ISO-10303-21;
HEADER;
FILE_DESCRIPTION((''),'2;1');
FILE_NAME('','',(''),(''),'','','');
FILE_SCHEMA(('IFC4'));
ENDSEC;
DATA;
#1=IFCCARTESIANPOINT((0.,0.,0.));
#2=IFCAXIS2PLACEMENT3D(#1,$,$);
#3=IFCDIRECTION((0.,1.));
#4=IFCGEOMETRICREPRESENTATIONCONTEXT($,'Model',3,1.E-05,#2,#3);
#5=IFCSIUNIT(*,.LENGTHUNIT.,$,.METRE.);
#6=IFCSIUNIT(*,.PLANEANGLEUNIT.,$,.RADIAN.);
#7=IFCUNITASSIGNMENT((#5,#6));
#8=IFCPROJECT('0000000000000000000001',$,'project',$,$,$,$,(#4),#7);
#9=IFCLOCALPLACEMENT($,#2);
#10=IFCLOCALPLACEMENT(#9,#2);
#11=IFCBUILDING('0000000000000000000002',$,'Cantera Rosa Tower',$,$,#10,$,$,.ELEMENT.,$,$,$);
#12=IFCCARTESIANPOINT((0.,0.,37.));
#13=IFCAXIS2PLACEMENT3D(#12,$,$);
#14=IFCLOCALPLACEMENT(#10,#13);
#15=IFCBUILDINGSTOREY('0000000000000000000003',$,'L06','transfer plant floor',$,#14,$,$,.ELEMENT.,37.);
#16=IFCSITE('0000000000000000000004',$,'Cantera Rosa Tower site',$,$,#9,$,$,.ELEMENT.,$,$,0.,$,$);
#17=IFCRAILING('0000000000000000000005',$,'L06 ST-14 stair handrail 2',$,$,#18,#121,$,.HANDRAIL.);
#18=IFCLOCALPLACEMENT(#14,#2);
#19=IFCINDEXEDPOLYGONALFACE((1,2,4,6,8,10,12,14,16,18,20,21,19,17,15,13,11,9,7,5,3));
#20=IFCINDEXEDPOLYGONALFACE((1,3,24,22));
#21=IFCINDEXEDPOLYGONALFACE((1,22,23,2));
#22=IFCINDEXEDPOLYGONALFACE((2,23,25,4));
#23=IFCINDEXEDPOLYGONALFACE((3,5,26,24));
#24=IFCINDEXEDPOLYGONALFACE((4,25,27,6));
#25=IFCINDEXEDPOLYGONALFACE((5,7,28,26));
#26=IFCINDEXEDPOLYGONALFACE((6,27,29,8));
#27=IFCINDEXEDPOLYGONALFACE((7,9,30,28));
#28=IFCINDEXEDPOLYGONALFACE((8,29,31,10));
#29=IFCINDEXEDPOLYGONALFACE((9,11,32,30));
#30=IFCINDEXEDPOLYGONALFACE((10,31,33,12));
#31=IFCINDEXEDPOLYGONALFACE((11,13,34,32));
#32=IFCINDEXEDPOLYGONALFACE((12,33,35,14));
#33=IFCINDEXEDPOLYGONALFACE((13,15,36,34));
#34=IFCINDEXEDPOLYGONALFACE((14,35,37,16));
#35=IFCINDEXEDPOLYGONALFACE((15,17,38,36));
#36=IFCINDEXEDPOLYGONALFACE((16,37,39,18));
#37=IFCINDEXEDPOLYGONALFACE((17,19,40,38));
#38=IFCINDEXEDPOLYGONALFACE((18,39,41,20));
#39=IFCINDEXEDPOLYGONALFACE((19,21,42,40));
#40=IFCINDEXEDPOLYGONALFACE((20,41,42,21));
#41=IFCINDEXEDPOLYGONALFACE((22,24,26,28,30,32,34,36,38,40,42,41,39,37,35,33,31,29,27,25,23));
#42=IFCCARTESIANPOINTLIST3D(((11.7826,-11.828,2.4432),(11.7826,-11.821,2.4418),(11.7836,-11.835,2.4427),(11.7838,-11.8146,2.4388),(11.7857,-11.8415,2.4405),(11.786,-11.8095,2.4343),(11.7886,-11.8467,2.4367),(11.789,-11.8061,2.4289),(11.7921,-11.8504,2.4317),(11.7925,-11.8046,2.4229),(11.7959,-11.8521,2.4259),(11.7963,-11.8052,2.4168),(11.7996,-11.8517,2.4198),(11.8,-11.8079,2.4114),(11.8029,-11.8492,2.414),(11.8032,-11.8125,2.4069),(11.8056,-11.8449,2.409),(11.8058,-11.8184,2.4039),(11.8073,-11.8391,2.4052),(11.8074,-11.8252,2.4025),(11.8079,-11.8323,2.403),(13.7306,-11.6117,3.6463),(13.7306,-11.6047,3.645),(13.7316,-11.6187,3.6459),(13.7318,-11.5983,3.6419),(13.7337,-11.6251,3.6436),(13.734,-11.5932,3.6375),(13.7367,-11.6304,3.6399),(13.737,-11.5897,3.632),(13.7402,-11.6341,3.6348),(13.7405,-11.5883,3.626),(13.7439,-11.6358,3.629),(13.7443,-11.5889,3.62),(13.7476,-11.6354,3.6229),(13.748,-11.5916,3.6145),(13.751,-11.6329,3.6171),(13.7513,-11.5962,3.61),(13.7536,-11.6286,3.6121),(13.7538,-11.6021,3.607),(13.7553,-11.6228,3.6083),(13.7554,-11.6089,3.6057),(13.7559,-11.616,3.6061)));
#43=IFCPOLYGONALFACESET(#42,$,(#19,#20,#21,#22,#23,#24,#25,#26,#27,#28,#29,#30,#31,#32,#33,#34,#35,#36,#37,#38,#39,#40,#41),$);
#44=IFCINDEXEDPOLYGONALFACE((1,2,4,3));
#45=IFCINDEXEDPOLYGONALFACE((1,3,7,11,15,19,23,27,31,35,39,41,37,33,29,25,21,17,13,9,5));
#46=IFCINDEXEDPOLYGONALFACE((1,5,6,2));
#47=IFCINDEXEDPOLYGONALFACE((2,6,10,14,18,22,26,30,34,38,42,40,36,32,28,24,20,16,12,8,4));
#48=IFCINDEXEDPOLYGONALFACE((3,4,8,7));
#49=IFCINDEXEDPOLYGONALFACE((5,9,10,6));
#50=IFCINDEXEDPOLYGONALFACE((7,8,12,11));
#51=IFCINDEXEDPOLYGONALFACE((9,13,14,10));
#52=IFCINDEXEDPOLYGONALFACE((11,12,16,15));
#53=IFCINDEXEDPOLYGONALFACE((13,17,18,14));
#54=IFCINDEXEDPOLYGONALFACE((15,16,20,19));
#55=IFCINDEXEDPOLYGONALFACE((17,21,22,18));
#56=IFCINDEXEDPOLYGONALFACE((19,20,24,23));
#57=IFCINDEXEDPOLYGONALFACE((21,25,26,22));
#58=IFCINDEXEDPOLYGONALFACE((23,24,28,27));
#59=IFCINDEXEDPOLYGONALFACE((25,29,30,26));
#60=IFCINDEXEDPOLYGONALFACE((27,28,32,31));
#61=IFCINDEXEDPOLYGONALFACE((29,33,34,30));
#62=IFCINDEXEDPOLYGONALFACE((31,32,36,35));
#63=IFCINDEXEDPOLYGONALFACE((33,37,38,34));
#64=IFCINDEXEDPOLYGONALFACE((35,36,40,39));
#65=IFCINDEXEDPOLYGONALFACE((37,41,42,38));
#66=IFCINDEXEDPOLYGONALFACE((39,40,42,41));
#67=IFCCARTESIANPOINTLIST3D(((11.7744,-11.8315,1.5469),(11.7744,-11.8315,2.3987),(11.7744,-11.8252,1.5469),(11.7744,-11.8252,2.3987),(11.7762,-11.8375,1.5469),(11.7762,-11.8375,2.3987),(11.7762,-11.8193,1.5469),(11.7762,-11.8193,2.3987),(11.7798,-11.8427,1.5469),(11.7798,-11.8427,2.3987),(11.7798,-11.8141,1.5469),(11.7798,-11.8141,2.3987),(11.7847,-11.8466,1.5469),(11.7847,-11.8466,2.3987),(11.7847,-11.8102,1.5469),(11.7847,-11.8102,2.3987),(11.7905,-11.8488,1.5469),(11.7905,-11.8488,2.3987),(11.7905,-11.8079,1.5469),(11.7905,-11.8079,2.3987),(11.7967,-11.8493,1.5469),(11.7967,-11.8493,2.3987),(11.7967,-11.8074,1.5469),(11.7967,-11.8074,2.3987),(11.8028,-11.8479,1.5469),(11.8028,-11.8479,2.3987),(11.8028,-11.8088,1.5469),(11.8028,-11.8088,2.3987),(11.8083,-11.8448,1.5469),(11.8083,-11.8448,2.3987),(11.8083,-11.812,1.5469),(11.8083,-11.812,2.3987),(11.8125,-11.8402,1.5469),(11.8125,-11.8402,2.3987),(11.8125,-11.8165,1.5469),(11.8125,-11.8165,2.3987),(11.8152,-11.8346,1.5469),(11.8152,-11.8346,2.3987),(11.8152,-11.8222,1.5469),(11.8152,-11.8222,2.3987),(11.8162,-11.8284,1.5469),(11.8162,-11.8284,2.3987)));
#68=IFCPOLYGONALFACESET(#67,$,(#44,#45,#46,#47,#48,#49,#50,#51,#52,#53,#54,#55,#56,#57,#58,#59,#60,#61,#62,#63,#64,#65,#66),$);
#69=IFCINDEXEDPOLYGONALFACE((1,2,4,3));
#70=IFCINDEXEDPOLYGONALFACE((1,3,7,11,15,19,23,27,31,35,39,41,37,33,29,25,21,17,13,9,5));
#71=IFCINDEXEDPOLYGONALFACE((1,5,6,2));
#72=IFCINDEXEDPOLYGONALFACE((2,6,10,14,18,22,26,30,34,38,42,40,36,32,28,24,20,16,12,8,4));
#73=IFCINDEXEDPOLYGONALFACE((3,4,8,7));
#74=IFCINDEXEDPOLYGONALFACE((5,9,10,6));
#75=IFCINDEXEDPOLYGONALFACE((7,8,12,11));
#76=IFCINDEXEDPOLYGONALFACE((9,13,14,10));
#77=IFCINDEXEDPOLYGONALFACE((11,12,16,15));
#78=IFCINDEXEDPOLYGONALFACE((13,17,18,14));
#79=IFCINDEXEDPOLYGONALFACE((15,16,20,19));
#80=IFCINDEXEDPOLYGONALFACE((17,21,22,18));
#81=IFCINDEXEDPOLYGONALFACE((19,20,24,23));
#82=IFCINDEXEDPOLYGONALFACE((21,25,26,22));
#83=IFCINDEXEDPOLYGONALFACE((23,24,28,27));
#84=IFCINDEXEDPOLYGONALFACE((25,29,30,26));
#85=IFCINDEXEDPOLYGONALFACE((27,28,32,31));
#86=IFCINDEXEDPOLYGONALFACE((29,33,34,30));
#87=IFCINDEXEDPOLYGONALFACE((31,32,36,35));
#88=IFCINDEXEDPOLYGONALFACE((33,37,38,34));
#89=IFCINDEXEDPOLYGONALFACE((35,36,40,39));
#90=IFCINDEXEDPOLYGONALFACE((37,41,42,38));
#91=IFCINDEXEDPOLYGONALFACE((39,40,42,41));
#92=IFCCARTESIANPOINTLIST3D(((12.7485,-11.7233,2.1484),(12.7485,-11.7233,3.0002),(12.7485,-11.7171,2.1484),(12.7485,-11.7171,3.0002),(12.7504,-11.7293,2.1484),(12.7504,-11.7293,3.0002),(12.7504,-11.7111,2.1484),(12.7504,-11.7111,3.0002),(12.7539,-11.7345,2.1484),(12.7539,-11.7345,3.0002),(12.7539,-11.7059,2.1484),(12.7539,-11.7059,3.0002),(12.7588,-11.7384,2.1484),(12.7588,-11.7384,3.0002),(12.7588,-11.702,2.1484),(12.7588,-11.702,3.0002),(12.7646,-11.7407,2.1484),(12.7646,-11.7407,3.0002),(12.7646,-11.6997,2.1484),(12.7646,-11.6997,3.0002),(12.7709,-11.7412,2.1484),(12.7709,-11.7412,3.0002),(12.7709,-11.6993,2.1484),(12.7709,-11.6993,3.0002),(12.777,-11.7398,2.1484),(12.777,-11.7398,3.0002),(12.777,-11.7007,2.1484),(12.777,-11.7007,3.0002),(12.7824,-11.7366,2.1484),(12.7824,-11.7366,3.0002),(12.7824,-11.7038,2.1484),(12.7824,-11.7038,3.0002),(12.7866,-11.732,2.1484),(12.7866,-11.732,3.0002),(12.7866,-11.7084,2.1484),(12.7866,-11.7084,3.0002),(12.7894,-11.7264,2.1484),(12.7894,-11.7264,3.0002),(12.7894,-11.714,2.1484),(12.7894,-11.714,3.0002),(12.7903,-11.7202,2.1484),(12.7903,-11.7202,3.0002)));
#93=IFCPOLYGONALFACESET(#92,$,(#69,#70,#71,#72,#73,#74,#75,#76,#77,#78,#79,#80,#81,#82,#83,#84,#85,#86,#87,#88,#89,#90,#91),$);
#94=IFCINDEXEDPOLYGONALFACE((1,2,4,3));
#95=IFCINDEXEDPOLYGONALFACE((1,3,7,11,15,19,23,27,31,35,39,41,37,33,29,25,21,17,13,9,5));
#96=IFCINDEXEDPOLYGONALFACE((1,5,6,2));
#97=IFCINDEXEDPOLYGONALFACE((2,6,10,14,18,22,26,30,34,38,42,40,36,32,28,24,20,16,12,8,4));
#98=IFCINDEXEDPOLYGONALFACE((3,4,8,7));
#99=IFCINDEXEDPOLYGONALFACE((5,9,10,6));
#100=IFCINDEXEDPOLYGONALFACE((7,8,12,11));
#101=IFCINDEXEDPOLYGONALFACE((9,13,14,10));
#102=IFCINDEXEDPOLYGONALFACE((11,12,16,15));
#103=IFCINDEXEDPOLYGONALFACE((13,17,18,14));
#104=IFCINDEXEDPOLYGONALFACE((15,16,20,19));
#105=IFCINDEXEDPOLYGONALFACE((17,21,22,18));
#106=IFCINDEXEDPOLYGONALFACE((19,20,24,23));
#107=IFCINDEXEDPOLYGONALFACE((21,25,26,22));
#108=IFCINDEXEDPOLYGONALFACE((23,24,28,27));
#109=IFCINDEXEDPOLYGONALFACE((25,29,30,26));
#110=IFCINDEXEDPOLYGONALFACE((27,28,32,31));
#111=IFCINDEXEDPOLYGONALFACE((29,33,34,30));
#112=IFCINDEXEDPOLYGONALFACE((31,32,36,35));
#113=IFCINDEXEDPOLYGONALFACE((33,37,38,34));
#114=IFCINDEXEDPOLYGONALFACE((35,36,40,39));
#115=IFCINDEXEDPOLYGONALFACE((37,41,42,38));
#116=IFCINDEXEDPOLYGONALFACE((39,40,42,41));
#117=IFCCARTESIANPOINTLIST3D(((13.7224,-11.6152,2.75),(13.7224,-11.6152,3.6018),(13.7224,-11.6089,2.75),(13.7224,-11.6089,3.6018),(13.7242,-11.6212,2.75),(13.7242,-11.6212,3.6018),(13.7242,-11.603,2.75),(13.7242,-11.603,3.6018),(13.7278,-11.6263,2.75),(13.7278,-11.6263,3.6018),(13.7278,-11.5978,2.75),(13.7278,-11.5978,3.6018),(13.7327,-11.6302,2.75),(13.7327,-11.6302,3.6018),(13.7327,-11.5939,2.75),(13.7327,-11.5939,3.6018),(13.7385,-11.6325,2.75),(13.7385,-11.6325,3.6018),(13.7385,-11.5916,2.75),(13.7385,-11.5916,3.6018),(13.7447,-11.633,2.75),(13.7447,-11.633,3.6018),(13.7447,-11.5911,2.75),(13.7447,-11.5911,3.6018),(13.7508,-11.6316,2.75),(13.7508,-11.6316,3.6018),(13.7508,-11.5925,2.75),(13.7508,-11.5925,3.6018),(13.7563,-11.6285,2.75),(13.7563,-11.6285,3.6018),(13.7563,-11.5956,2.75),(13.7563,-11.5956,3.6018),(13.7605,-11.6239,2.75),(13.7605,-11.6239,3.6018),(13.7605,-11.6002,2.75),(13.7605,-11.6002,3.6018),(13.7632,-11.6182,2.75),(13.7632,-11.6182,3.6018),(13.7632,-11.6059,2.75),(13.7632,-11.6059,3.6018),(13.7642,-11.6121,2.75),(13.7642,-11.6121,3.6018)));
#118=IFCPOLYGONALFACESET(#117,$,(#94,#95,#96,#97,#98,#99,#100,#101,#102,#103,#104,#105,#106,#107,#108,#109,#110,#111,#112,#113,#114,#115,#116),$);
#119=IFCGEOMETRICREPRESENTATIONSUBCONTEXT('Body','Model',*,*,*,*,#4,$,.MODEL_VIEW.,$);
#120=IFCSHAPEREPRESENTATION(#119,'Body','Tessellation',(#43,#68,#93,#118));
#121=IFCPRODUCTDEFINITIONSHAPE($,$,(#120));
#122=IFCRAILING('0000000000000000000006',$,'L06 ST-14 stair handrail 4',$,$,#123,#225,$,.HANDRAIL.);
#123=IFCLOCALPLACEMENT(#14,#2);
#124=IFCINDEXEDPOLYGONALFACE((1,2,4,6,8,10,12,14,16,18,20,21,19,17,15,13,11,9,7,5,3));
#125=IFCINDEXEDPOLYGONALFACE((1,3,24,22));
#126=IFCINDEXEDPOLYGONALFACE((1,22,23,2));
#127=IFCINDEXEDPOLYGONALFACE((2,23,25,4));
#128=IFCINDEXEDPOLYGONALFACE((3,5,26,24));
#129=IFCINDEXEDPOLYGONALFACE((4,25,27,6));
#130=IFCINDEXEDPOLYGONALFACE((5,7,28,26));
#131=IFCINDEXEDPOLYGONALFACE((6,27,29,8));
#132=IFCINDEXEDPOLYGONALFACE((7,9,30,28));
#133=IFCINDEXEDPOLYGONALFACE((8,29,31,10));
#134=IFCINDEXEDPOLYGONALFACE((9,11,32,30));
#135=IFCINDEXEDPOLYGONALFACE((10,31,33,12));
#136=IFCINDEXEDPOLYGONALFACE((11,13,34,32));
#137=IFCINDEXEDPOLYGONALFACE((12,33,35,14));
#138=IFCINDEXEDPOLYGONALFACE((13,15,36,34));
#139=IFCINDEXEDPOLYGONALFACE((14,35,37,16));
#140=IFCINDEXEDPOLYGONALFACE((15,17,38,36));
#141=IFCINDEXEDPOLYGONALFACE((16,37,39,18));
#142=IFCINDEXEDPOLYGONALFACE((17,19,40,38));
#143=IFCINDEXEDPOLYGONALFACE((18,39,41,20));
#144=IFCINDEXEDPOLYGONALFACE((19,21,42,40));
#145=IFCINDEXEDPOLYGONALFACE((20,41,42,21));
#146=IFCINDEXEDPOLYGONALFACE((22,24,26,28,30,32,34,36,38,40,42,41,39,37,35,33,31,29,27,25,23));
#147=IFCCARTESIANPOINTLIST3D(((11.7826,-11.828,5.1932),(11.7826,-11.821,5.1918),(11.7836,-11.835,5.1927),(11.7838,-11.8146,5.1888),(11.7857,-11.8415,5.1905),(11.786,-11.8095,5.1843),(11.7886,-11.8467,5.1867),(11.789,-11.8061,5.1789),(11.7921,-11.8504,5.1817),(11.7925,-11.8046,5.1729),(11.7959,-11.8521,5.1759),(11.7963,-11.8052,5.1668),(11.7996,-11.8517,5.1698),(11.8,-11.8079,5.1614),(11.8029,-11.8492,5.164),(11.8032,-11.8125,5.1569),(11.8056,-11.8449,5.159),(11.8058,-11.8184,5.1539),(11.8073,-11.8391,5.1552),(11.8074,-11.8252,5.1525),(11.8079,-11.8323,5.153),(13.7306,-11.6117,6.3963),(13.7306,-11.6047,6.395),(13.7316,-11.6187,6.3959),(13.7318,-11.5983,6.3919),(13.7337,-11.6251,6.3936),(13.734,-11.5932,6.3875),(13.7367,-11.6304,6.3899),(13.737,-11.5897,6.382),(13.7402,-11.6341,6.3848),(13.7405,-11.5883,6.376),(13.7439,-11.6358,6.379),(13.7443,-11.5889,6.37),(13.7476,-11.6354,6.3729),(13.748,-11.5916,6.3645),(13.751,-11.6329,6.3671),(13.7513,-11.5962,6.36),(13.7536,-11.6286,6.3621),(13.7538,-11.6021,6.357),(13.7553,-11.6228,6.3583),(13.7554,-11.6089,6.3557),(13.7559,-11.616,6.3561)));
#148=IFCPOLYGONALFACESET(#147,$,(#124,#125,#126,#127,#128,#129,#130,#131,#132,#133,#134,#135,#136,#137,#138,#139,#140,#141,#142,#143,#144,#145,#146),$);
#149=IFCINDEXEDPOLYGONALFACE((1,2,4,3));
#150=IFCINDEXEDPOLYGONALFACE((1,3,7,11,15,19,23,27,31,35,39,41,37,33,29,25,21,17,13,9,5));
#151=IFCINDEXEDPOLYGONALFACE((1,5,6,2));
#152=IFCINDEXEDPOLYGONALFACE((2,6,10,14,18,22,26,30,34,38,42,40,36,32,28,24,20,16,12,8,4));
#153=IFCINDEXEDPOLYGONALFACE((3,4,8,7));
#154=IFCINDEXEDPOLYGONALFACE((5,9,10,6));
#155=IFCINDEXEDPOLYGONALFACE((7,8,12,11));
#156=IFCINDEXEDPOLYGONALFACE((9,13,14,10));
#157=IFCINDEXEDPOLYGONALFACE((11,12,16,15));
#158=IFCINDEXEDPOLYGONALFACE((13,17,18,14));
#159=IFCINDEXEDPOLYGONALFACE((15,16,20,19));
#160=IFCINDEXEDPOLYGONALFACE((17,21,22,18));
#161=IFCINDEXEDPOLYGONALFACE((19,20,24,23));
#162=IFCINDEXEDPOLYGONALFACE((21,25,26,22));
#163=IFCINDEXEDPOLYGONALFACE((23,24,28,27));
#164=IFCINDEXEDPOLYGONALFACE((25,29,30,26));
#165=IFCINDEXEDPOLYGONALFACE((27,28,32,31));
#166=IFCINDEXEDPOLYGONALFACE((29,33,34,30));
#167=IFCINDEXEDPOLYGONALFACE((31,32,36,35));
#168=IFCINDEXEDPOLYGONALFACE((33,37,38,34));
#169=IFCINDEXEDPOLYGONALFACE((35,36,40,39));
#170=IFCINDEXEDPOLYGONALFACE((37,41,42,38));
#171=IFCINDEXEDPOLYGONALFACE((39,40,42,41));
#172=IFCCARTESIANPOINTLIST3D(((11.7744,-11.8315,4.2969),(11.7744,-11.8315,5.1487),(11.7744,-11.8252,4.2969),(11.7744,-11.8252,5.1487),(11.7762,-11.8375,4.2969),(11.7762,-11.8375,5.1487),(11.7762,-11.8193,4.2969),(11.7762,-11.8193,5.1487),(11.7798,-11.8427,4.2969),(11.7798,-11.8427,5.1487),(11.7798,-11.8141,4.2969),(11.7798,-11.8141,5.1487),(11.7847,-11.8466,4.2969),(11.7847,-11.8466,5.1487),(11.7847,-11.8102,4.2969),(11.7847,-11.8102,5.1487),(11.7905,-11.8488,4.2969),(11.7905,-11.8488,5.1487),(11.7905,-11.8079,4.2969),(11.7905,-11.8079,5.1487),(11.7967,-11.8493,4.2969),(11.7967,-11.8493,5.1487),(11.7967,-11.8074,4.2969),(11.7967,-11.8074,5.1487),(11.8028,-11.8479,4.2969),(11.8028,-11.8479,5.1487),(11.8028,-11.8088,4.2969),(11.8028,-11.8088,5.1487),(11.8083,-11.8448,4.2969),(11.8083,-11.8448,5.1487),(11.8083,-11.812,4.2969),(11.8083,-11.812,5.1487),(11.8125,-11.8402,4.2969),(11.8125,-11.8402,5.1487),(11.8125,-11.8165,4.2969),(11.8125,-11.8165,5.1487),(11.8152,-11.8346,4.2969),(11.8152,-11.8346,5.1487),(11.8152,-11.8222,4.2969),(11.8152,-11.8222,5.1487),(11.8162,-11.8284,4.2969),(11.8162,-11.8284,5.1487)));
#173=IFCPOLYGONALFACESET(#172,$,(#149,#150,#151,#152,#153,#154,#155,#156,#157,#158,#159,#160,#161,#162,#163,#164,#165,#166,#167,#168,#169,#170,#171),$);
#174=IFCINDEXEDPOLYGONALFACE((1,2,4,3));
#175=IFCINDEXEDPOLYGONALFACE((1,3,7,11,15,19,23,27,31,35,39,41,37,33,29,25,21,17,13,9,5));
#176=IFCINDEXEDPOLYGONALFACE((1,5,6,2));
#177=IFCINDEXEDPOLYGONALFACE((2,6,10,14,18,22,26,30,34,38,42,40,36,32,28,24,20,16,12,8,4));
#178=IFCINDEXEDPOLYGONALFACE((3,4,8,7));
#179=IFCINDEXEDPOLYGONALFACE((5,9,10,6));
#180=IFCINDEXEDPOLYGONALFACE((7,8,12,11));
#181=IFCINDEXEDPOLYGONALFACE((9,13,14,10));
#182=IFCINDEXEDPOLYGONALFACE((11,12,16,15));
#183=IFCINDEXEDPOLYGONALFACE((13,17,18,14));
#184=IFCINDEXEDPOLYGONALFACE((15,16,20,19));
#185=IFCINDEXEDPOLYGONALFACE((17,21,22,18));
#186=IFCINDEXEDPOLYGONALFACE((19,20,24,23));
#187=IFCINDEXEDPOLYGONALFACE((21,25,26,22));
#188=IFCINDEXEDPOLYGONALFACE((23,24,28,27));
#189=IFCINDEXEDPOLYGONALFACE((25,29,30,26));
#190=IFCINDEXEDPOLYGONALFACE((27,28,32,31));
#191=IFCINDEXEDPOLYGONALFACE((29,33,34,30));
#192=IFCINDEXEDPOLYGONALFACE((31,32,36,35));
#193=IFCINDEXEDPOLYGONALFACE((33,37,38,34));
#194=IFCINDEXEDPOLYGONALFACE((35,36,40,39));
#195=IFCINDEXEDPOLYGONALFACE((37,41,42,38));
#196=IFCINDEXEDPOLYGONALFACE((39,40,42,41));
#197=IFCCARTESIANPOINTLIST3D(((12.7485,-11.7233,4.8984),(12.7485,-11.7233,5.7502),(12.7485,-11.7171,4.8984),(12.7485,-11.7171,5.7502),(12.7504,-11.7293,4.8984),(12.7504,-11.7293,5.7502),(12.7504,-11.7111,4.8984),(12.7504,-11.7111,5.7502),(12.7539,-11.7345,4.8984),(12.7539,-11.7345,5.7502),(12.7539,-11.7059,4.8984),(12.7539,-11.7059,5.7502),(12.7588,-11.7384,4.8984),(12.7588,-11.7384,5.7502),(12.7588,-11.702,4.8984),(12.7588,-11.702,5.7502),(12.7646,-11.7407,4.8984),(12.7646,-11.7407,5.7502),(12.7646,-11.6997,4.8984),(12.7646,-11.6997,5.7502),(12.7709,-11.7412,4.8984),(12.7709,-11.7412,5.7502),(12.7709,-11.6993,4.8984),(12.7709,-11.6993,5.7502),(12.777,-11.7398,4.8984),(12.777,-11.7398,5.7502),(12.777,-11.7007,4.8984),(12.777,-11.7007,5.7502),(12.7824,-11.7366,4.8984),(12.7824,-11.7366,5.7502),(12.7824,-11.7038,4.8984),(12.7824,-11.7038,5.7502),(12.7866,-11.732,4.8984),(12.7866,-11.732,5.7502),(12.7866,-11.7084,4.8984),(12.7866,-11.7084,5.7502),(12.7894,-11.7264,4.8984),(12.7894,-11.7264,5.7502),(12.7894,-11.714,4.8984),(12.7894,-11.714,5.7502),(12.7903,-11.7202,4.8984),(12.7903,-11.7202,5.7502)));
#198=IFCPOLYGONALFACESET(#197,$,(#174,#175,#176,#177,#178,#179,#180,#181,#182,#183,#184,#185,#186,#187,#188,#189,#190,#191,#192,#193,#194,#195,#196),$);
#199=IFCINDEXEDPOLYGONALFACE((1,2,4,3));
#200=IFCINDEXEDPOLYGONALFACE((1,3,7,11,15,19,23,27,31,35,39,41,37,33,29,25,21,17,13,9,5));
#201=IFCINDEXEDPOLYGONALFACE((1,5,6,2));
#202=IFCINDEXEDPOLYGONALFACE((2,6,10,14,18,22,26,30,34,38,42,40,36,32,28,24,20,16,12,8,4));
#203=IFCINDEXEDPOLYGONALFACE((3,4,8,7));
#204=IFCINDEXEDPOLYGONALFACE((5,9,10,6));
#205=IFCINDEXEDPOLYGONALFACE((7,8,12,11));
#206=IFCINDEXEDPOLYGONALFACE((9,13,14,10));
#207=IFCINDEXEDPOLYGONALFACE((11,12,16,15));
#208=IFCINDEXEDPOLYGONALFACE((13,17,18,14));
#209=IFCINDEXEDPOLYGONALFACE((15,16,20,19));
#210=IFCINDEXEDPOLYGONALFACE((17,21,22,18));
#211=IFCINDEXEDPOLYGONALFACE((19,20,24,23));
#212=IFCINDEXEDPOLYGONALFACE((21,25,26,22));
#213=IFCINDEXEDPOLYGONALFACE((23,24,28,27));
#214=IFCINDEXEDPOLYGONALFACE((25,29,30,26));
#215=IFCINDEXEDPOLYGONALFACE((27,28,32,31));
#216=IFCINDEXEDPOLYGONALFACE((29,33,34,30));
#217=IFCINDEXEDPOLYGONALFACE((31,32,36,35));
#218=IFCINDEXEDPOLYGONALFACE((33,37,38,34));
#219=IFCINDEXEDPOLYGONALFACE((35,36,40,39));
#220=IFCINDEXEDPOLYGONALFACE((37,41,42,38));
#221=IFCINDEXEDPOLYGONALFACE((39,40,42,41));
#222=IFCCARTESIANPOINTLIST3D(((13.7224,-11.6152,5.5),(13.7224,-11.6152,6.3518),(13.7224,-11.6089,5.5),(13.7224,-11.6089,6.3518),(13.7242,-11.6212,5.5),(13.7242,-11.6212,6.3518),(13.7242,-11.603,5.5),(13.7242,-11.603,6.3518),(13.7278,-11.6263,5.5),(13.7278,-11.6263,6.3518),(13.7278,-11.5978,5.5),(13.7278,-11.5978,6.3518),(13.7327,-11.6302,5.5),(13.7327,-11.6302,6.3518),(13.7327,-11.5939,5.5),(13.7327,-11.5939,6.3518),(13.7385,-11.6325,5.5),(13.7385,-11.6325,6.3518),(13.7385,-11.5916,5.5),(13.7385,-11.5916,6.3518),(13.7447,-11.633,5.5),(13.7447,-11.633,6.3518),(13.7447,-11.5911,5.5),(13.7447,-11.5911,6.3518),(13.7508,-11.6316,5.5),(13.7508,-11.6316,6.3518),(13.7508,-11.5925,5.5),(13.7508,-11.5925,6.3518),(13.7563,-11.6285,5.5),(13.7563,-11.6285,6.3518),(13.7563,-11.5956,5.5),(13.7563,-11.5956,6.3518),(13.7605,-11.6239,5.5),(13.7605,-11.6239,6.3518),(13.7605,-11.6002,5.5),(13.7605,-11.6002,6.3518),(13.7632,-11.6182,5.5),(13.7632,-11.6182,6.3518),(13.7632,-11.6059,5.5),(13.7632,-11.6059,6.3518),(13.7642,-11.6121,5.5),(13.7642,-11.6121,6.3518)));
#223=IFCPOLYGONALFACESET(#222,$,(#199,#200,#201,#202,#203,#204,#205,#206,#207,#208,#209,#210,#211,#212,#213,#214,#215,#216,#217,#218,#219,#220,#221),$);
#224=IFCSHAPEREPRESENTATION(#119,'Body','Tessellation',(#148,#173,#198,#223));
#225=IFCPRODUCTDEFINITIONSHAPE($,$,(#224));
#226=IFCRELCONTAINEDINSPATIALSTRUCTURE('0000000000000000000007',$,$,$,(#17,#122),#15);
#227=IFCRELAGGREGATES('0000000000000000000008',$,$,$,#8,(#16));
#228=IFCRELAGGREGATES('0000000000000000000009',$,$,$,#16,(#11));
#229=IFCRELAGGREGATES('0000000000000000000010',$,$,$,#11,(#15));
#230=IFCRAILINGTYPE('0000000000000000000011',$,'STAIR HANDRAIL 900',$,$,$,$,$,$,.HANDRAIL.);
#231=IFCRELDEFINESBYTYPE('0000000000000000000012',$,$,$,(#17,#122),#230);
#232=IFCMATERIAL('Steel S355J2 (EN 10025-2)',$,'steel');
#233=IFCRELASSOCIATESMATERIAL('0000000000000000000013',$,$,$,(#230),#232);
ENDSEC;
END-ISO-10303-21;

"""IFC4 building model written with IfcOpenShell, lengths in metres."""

from ifc_helpers import new_model, si_unit, direction, frame, origin, origin_2d, place, context, subcontext, project, spatial, circle, extrude, material, type_object, element, save


model = new_model("IFC4")

# Units and contexts
model_context = context("Model", 3, precision=1e-05, world=origin(), true_north=direction((0.0, 1.0)))
body_context = subcontext(model_context, "Body", "Model", "MODEL_VIEW")
ifc_project = project(units=[si_unit("LENGTHUNIT", "METRE"), si_unit("PLANEANGLEUNIT", "RADIAN")], contexts=[model_context])

# Site, building, storey
site_placement = place(None, origin())
site = spatial("IfcSite", under=ifc_project, at=site_placement, Name="Cantera Rosa Tower site", CompositionType="ELEMENT", RefElevation=0.0)
building_placement = place(site_placement, origin())
building = spatial("IfcBuilding", under=site, at=building_placement, Name="Cantera Rosa Tower", CompositionType="ELEMENT")
storey_placement = place(building_placement, frame((0.0, 0.0, 37.0)))
storey = spatial("IfcBuildingStorey", under=building, at=storey_placement, Name="L06", Description="transfer plant floor", CompositionType="ELEMENT", Elevation=37.0)

# Railings
ifc_material_1 = material(Name="Steel S355J2 (EN 10025-2)", Category="steel")
railing_type_1 = type_object("IfcRailingType", Name="STAIR HANDRAIL 900", PredefinedType="HANDRAIL", material=ifc_material_1)
for number, where, name in (
    (1, (11.7952, -11.8284, 1.5469), "L06 ST-14 stair handrail 2"),
    (2, (11.7952, -11.8284, 4.2969), "L06 ST-14 stair handrail 4"),
):
    element("IfcRailing", number, at=place(storey_placement, frame(where)), inside=storey, type_object=railing_type_1, Name=name, PredefinedType="HANDRAIL", context=body_context, shape_type="SweptSolid", body=[
        extrude(circle(Radius=0.0239, at=origin_2d()), frame((0.0, 0.0, 0.876), z_axis=(0.847036, 0.094056, 0.523147), x_axis=(-0.110363, 0.993891, 0.0)), (0.0, 0.0, 1.0), 2.2998),
        extrude(circle(Radius=0.021, at=origin_2d()), origin(), (0.0, 0.0, 1.0), 0.8518),
        extrude(circle(Radius=0.021, at=origin_2d()), frame((0.9741, 0.1082, 0.6016)), (0.0, 0.0, 1.0), 0.8518),
        extrude(circle(Radius=0.021, at=origin_2d()), frame((1.948, 0.2163, 1.2031)), (0.0, 0.0, 1.0), 0.8518),
    ])

save(model, "model.ifc")
